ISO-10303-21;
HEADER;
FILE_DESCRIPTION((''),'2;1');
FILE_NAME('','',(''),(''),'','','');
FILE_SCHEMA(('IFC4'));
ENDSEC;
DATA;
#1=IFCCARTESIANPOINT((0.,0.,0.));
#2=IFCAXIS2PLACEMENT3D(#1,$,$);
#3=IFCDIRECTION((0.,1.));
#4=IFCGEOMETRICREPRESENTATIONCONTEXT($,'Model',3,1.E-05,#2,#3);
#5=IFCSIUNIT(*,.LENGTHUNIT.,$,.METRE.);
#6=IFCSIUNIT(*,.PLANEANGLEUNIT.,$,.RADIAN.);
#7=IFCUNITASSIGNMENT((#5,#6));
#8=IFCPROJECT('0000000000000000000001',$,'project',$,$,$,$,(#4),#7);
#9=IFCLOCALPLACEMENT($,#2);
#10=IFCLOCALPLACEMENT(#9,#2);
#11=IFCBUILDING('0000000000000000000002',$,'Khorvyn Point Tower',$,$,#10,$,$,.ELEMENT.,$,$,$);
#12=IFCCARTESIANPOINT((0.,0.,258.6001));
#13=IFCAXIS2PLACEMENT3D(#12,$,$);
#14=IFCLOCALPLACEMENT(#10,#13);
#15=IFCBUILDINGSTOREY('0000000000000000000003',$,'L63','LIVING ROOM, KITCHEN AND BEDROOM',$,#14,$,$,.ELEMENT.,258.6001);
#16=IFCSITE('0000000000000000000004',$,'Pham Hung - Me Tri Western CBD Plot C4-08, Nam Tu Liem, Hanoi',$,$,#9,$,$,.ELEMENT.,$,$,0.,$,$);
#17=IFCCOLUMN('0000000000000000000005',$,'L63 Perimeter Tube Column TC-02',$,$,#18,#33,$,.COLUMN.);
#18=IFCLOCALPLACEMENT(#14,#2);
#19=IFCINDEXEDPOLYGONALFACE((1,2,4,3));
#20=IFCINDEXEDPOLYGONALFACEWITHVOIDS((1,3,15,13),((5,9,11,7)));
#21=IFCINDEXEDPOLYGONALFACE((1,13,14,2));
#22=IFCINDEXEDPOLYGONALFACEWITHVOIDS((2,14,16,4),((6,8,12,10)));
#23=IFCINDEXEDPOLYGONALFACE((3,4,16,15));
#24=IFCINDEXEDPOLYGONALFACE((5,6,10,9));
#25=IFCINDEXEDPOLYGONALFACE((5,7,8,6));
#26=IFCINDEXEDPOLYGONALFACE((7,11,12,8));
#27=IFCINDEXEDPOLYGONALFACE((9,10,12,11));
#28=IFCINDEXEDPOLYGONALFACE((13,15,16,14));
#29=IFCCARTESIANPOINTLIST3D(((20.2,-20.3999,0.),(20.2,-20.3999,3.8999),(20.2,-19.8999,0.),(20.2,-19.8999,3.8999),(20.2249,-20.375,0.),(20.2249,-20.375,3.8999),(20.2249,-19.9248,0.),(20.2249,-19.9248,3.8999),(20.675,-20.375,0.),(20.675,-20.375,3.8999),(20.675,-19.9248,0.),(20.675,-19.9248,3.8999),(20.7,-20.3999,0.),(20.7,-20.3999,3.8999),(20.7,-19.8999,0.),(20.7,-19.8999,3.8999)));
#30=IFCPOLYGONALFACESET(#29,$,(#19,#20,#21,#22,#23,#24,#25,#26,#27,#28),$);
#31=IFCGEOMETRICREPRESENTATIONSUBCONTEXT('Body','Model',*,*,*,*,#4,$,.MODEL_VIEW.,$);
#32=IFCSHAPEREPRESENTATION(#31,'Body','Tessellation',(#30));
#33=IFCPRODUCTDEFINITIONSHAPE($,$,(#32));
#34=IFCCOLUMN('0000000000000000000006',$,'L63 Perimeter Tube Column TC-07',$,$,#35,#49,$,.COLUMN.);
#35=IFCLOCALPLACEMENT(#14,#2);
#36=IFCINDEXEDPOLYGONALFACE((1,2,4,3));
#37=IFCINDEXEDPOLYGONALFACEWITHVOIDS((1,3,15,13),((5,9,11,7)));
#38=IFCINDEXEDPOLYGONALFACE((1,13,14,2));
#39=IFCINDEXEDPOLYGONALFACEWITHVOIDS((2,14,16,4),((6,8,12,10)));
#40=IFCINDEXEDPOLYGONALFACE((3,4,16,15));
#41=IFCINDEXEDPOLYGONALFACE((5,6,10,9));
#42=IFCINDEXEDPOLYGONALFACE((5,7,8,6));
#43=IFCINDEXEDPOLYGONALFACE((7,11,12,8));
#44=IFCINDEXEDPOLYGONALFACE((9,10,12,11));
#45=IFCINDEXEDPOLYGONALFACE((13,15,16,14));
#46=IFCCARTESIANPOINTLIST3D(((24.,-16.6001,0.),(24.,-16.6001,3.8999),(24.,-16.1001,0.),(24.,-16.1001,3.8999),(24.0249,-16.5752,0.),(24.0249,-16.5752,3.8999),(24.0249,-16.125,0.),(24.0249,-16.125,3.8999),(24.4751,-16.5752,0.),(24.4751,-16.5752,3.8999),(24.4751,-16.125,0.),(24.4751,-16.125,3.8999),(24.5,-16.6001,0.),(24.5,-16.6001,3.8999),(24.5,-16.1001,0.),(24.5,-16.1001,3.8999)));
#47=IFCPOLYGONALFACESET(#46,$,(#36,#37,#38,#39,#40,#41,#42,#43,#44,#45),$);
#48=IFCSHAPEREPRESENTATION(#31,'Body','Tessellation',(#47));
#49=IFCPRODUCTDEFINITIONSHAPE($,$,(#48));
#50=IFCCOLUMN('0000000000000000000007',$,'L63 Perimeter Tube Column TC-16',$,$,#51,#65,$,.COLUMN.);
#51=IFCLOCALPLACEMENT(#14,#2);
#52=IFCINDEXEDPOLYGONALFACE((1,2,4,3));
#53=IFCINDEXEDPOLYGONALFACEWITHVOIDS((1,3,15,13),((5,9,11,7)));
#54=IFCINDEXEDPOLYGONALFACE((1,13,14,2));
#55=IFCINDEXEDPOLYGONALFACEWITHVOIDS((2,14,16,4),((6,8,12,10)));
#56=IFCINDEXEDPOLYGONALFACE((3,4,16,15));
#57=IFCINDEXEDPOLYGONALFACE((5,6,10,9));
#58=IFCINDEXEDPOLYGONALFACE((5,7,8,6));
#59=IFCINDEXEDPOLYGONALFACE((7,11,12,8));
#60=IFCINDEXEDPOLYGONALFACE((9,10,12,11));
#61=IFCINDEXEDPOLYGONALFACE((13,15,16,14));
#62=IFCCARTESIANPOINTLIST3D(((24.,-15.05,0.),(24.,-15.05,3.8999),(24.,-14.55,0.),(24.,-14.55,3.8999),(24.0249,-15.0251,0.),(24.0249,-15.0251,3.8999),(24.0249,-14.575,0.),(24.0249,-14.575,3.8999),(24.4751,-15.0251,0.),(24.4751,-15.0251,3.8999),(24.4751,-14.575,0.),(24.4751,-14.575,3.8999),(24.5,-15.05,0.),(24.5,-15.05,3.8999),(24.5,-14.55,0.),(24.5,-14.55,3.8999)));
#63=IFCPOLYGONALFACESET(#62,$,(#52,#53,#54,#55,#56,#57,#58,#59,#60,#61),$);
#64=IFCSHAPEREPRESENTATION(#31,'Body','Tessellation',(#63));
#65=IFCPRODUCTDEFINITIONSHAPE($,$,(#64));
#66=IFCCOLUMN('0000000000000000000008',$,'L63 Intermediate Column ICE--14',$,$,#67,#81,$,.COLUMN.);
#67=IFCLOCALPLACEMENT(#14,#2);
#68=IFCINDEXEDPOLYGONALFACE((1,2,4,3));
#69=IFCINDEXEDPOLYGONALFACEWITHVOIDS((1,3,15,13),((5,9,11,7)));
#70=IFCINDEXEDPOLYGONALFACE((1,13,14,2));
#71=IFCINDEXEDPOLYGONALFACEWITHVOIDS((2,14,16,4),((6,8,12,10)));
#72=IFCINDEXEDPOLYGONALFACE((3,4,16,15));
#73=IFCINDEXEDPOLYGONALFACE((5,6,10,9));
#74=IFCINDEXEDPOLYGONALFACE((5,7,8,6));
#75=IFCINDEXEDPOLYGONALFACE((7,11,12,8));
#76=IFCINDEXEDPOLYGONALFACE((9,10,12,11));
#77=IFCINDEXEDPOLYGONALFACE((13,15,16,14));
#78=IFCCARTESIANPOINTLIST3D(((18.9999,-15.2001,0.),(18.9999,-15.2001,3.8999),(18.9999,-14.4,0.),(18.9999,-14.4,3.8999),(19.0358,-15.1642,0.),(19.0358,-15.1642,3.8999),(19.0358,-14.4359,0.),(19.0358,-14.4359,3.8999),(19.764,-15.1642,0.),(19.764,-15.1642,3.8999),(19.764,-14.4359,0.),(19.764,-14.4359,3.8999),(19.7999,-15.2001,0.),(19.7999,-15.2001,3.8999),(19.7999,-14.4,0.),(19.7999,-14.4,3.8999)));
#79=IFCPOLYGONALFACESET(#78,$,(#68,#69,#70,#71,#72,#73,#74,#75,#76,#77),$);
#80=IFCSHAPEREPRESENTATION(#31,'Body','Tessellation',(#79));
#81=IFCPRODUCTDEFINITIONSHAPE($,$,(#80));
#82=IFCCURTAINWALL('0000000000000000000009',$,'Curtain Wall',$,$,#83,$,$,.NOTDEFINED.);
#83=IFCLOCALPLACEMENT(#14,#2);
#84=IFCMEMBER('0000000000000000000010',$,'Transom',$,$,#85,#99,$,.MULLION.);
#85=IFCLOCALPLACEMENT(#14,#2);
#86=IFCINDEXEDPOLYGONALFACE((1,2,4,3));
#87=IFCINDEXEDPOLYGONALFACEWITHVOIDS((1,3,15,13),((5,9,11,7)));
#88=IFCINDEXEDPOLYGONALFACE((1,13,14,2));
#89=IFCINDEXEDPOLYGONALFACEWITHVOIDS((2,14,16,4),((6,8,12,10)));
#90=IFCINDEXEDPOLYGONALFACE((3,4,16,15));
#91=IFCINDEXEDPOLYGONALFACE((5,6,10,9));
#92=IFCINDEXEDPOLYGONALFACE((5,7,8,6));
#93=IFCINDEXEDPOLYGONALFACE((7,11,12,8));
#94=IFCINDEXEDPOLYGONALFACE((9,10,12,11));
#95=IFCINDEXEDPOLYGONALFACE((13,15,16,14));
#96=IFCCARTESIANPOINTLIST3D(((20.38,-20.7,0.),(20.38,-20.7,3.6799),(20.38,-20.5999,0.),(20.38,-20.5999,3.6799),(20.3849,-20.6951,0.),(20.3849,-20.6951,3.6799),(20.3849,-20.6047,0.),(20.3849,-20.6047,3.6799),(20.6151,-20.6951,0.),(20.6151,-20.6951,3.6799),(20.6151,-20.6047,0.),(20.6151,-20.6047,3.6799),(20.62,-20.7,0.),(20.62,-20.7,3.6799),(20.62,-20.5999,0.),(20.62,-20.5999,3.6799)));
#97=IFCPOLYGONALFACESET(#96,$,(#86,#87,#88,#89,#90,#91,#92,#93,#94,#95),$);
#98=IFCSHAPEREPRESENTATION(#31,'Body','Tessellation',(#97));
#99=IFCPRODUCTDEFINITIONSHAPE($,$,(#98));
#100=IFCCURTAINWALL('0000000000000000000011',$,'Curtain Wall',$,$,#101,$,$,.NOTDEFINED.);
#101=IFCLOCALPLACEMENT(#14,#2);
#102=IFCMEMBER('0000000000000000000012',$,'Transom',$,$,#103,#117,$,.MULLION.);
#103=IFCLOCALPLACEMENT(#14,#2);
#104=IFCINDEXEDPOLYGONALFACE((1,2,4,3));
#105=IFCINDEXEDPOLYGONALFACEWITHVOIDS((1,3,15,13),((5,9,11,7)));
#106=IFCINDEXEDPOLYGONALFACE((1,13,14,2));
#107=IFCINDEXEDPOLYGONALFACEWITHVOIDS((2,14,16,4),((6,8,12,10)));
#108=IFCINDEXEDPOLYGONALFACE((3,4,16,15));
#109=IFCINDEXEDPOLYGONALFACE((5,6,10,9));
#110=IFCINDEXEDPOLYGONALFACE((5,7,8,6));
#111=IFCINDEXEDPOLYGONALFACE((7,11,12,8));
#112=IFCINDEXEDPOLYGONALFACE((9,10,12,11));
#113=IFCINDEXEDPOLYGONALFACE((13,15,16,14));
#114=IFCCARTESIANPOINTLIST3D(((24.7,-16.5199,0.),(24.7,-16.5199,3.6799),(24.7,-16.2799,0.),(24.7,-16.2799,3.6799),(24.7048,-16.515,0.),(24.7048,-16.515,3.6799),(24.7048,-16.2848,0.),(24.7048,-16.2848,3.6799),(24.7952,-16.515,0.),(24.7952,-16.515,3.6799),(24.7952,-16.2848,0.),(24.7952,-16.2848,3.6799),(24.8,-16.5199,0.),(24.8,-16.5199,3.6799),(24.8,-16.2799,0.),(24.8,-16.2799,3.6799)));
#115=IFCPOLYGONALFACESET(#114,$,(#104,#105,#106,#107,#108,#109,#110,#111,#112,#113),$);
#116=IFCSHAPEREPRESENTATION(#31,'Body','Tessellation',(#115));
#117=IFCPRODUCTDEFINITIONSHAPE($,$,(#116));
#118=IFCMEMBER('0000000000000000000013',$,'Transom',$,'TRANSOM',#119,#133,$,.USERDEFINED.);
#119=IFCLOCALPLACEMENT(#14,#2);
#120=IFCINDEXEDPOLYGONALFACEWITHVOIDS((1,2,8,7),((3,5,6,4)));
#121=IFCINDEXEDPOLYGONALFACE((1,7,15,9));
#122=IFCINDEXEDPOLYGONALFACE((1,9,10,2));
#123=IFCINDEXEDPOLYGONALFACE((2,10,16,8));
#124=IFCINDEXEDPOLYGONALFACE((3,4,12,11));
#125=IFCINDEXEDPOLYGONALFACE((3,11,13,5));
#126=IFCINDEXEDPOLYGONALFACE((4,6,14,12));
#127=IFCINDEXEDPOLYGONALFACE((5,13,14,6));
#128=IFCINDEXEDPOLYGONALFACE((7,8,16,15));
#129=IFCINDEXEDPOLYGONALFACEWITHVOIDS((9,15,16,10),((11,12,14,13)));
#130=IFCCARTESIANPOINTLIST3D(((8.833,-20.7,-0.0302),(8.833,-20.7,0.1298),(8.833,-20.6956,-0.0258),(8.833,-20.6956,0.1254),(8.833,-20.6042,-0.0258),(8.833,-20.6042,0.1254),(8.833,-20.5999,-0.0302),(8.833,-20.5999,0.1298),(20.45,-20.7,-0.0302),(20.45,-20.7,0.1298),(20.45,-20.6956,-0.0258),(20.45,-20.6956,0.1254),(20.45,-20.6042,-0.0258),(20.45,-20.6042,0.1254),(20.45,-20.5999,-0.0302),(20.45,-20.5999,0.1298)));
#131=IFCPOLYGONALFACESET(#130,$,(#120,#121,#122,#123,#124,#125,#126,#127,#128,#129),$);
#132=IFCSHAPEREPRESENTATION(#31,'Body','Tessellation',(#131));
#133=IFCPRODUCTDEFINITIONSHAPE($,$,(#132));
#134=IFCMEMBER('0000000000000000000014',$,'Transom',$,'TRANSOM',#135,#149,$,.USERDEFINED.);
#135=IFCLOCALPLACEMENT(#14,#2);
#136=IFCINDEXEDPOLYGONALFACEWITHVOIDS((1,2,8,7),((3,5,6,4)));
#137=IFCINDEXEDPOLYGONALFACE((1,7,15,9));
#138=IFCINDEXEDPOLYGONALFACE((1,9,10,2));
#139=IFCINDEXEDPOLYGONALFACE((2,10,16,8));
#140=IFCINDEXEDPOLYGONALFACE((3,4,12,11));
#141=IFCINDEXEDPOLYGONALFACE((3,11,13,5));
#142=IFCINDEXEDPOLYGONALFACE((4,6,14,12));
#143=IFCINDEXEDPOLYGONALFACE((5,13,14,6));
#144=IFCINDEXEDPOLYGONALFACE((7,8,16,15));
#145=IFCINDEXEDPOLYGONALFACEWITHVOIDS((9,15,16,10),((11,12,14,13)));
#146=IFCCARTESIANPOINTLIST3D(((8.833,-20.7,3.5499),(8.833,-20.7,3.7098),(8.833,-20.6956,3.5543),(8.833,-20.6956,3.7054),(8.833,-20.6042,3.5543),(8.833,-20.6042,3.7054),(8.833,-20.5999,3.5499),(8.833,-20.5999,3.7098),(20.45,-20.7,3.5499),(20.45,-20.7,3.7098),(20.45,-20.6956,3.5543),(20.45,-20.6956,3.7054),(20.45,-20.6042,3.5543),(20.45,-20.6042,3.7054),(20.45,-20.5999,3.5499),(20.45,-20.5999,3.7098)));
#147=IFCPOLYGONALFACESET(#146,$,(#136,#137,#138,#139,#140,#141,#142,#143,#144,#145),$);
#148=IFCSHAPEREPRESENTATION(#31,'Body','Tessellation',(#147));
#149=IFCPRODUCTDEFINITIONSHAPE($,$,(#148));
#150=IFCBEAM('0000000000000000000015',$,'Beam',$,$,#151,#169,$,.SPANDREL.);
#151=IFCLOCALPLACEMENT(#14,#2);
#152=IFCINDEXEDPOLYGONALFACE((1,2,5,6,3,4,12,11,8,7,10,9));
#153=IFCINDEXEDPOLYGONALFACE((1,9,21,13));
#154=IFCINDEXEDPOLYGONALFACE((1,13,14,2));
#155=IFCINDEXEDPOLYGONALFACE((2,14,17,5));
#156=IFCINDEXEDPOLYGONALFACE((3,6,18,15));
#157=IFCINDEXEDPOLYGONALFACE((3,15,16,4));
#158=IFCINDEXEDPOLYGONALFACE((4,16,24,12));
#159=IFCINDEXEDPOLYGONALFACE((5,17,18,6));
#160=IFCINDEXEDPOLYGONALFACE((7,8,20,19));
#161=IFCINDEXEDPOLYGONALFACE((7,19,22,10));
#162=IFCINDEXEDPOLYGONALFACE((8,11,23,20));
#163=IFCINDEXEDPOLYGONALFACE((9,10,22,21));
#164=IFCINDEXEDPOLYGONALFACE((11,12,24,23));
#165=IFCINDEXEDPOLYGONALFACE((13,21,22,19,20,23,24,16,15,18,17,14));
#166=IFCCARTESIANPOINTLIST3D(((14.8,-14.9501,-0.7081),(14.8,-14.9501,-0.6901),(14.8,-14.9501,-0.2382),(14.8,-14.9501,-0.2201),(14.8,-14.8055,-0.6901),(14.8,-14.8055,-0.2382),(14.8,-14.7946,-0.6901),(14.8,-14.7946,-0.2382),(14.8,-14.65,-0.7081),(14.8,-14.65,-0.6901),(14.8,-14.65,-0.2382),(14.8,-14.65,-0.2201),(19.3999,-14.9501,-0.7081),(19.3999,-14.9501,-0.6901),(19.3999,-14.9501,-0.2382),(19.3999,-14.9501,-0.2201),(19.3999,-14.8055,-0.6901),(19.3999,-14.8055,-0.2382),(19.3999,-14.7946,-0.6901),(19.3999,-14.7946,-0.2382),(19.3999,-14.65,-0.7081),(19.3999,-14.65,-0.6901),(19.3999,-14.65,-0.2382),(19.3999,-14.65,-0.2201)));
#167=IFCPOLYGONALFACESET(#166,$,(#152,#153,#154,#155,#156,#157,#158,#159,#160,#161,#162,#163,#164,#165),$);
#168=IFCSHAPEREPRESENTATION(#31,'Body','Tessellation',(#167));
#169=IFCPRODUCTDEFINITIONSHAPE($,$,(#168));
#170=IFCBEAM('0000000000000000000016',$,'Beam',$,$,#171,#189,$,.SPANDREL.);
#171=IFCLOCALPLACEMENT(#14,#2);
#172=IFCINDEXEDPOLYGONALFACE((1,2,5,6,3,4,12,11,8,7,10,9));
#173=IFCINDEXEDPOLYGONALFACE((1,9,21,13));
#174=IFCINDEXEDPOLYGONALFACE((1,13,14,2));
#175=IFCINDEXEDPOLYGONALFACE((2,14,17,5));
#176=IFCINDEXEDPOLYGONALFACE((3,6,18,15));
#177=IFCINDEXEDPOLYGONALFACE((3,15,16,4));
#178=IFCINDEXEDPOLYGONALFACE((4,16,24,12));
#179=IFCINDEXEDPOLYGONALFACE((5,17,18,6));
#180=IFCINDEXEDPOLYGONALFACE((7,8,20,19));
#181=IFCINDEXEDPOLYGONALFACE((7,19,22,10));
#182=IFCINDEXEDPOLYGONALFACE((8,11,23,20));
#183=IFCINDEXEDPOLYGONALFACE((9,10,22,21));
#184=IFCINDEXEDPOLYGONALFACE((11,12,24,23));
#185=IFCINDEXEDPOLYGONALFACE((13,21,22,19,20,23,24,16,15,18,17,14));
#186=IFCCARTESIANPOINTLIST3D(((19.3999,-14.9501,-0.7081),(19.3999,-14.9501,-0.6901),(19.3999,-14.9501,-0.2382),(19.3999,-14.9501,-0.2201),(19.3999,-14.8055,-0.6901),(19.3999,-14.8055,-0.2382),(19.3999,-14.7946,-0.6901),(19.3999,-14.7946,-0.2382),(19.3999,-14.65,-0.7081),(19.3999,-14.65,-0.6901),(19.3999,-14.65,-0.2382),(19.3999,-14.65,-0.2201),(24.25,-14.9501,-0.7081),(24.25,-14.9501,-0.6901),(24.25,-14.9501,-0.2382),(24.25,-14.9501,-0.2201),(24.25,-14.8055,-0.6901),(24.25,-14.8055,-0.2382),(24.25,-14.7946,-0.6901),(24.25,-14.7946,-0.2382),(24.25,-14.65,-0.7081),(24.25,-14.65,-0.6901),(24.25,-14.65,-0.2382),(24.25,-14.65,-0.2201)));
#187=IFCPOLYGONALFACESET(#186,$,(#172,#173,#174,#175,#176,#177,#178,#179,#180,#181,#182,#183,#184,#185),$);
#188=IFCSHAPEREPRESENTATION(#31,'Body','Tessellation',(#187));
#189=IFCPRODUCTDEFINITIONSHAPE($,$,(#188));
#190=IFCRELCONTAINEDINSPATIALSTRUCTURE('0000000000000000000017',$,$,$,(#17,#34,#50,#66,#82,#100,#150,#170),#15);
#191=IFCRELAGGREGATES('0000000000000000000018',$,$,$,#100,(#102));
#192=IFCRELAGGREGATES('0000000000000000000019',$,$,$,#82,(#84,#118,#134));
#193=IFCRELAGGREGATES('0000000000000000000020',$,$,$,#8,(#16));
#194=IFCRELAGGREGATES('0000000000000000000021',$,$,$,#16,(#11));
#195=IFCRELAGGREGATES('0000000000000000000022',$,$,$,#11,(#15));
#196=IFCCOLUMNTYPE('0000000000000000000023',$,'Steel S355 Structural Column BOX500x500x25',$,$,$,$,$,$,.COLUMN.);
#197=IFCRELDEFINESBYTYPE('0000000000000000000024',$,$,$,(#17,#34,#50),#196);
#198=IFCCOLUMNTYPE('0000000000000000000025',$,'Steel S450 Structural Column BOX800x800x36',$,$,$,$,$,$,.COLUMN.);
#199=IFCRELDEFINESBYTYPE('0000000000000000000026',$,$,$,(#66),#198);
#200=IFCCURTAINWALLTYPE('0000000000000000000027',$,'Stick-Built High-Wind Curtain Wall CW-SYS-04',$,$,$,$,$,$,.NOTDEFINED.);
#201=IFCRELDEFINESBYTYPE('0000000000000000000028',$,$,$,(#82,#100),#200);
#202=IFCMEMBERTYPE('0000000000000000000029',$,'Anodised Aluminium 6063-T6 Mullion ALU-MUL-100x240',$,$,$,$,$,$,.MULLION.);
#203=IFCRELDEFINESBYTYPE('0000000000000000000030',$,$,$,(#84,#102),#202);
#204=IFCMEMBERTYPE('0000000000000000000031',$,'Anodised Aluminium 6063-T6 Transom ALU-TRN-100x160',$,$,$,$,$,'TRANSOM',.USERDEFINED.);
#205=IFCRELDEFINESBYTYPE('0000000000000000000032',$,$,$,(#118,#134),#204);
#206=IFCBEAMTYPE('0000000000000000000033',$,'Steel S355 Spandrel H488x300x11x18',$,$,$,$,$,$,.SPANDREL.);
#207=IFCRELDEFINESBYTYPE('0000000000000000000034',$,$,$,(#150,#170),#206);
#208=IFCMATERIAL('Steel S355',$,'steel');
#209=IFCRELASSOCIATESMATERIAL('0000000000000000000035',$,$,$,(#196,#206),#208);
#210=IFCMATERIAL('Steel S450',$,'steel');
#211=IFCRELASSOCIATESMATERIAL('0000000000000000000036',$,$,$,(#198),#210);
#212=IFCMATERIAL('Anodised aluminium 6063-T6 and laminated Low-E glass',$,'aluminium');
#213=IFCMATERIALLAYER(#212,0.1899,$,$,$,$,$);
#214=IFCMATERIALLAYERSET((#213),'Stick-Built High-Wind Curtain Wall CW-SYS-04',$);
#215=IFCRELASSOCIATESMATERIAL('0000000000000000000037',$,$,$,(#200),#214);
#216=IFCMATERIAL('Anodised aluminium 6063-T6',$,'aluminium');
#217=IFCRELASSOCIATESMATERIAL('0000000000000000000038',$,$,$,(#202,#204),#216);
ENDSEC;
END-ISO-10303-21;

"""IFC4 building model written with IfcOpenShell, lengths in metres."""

from ifc_helpers import new_model, si_unit, direction, frame, origin, origin_2d, place, context, subcontext, project, spatial, hollow_rectangle, i_section, extrude, material, layer, layer_set, material_profile, profile_set, type_object, element, aggregate, save


model = new_model("IFC4")

# Units and contexts
model_context = context("Model", 3, precision=1e-05, world=origin(), true_north=direction((0.0, 1.0)))
body_context = subcontext(model_context, "Body", "Model", "MODEL_VIEW")
ifc_project = project(units=[si_unit("LENGTHUNIT", "METRE"), si_unit("PLANEANGLEUNIT", "RADIAN")], contexts=[model_context])

# Site, building, storey
site_placement = place(None, origin())
site = spatial("IfcSite", under=ifc_project, at=site_placement, Name="Pham Hung - Me Tri Western CBD Plot C4-08, Nam Tu Liem, Hanoi", CompositionType="ELEMENT", RefElevation=0.0)
building_placement = place(site_placement, origin())
building = spatial("IfcBuilding", under=site, at=building_placement, Name="Khorvyn Point Tower", CompositionType="ELEMENT")
storey_placement = place(building_placement, frame((0.0, 0.0, 258.6001)))
storey = spatial("IfcBuildingStorey", under=building, at=storey_placement, Name="L63", Description="LIVING ROOM, KITCHEN AND BEDROOM", CompositionType="ELEMENT", Elevation=258.6001)

# Columns
ifc_material_1 = material(Name="Steel S355", Category="steel")
ifc_material_profile_1 = material_profile(ifc_material_1, hollow_rectangle(XDim=0.5, YDim=0.5, WallThickness=0.0249, at=origin_2d()))
ifc_profile_set_1 = profile_set([ifc_material_profile_1], Name="Steel S355 BOX500x500x25")
column_type_1 = type_object("IfcColumnType", Name="Steel S355 Structural Column BOX500x500x25", PredefinedType="COLUMN", material=ifc_profile_set_1)
for number, where, z_axis, x_axis, name in (
    (1, (20.45, -20.1499, 0.0), (0.0, 0.0, 1.0), (1.0, 0.0, 0.0), "L63 Perimeter Tube Column TC-02"),
    (2, (24.25, -16.3501, 0.0), (0.0, 0.0, 1.0), (1.0, 0.0, 0.0), "L63 Perimeter Tube Column TC-07"),
    (3, (24.25, -14.8, 0.0), (0.0, 0.0, 1.0), (1.0, 0.0, 0.0), "L63 Perimeter Tube Column TC-16"),
):
    element("IfcColumn", number, at=place(storey_placement, frame(where, z_axis=z_axis, x_axis=x_axis)), inside=storey, type_object=column_type_1, Name=name, PredefinedType="COLUMN", context=body_context, shape_type="SweptSolid", body=[
        extrude(hollow_rectangle(XDim=0.5, YDim=0.5, WallThickness=0.0249, at=origin_2d()), origin(), (0.0, 0.0, 1.0), 3.8999),
    ])
ifc_material_2 = material(Name="Steel S450", Category="steel")
ifc_material_profile_2 = material_profile(ifc_material_2, hollow_rectangle(XDim=0.8, YDim=0.8, WallThickness=0.0359, at=origin_2d()))
ifc_profile_set_2 = profile_set([ifc_material_profile_2], Name="Steel S450 BOX800x800x36")
column_type_2 = type_object("IfcColumnType", Name="Steel S450 Structural Column BOX800x800x36", PredefinedType="COLUMN", material=ifc_profile_set_2)
column_placement = place(storey_placement, frame((19.3999, -14.8, 0.0), z_axis=(0.0, 0.0, 1.0), x_axis=(1.0, 0.0, 0.0)))
element("IfcColumn", 4, at=column_placement, inside=storey, type_object=column_type_2, Name="L63 Intermediate Column ICE--14", PredefinedType="COLUMN", context=body_context, shape_type="SweptSolid", body=[
    extrude(hollow_rectangle(XDim=0.8, YDim=0.8, WallThickness=0.0359, at=origin_2d()), origin(), (0.0, 0.0, 1.0), 3.8999),
])

# Curtain walls, members
ifc_material_3 = material(Name="Anodised aluminium 6063-T6 and laminated Low-E glass", Category="aluminium")
ifc_layer_1 = layer(ifc_material_3, 0.1899)
ifc_layer_set_1 = layer_set([ifc_layer_1], Name="Stick-Built High-Wind Curtain Wall CW-SYS-04")
curtain_wall_type = type_object("IfcCurtainWallType", Name="Stick-Built High-Wind Curtain Wall CW-SYS-04", PredefinedType="NOTDEFINED", material=ifc_layer_set_1)
curtain_wall_1_placement = place(storey_placement, origin())
curtain_wall_1 = element("IfcCurtainWall", 5, at=curtain_wall_1_placement, inside=storey, type_object=curtain_wall_type, Name="Curtain Wall", PredefinedType="NOTDEFINED")
ifc_material_4 = material(Name="Anodised aluminium 6063-T6", Category="aluminium")
ifc_material_profile_3 = material_profile(ifc_material_4, hollow_rectangle(XDim=0.1001, YDim=0.24, WallThickness=0.0049, at=origin_2d()))
ifc_profile_set_3 = profile_set([ifc_material_profile_3], Name="Anodised aluminium 6063-T6 ALU-MUL-100x240")
member_type_1 = type_object("IfcMemberType", Name="Anodised Aluminium 6063-T6 Mullion ALU-MUL-100x240", PredefinedType="MULLION", material=ifc_profile_set_3)
member_1_placement = place(storey_placement, frame((20.5, -20.6499, 0.0), z_axis=(0.0, 0.0, 1.0), x_axis=(0.0, -1.0, 0.0)))
member_1 = element("IfcMember", 6, at=member_1_placement, type_object=member_type_1, Name="Transom", PredefinedType="MULLION", context=body_context, shape_type="SweptSolid", body=[
    extrude(hollow_rectangle(XDim=0.1001, YDim=0.24, WallThickness=0.0049, at=origin_2d()), origin(), (0.0, 0.0, 1.0), 3.6799),
])
curtain_wall_2_placement = place(storey_placement, origin())
curtain_wall_2 = element("IfcCurtainWall", 7, at=curtain_wall_2_placement, inside=storey, type_object=curtain_wall_type, Name="Curtain Wall", PredefinedType="NOTDEFINED")
member_2_placement = place(storey_placement, frame((24.75, -16.3999, 0.0), z_axis=(0.0, 0.0, 1.0), x_axis=(1.0, 0.0, 0.0)))
member_2 = element("IfcMember", 8, at=member_2_placement, type_object=member_type_1, Name="Transom", PredefinedType="MULLION", context=body_context, shape_type="SweptSolid", body=[
    extrude(hollow_rectangle(XDim=0.1001, YDim=0.24, WallThickness=0.0049, at=origin_2d()), origin(), (0.0, 0.0, 1.0), 3.6799),
])
aggregate(curtain_wall_2, [member_2])

# Members
ifc_material_profile_4 = material_profile(ifc_material_4, hollow_rectangle(XDim=0.1001, YDim=0.1599, WallThickness=0.0044, at=origin_2d()))
ifc_profile_set_4 = profile_set([ifc_material_profile_4], Name="Anodised aluminium 6063-T6 ALU-TRN-100x160")
member_type_2 = type_object("IfcMemberType", Name="Anodised Aluminium 6063-T6 Transom ALU-TRN-100x160", ElementType="TRANSOM", PredefinedType="USERDEFINED", material=ifc_profile_set_4)
member_3_placement = place(storey_placement, frame((20.45, -20.6499, 0.0498), z_axis=(-1.0, 0.0, 0.0), x_axis=(0.0, -1.0, 0.0)))
member_3 = element("IfcMember", 9, at=member_3_placement, type_object=member_type_2, Name="Transom", ObjectType="TRANSOM", PredefinedType="USERDEFINED", context=body_context, shape_type="SweptSolid", body=[
    extrude(hollow_rectangle(XDim=0.1001, YDim=0.1599, WallThickness=0.0044, at=origin_2d()), origin(), (0.0, 0.0, 1.0), 11.6169),
])
member_4_placement = place(storey_placement, frame((20.45, -20.6499, 3.6299), z_axis=(-1.0, 0.0, 0.0), x_axis=(0.0, -1.0, 0.0)))
member_4 = element("IfcMember", 10, at=member_4_placement, type_object=member_type_2, Name="Transom", ObjectType="TRANSOM", PredefinedType="USERDEFINED", context=body_context, shape_type="SweptSolid", body=[
    extrude(hollow_rectangle(XDim=0.1001, YDim=0.1599, WallThickness=0.0044, at=origin_2d()), origin(), (0.0, 0.0, 1.0), 11.6169),
])

# Beams
ifc_material_profile_5 = material_profile(ifc_material_1, i_section(OverallWidth=0.3, OverallDepth=0.488, WebThickness=0.011, FlangeThickness=0.0181, at=origin_2d()))
ifc_profile_set_5 = profile_set([ifc_material_profile_5], Name="Steel S355 H488x300x11x18")
beam_type_1 = type_object("IfcBeamType", Name="Steel S355 Spandrel H488x300x11x18", PredefinedType="SPANDREL", material=ifc_profile_set_5)
beam_1_placement = place(storey_placement, frame((14.8, -14.8, -0.4641), z_axis=(1.0, 0.0, 0.0), x_axis=(0.0, 1.0, 0.0)))
element("IfcBeam", 11, at=beam_1_placement, inside=storey, type_object=beam_type_1, Name="Beam", PredefinedType="SPANDREL", context=body_context, shape_type="SweptSolid", body=[
    extrude(i_section(OverallWidth=0.3, OverallDepth=0.488, WebThickness=0.011, FlangeThickness=0.0181, at=origin_2d()), origin(), (0.0, 0.0, 1.0), 4.5999),
])
beam_2_placement = place(storey_placement, frame((19.3999, -14.8, -0.4641), z_axis=(1.0, 0.0, 0.0), x_axis=(0.0, 1.0, 0.0)))
element("IfcBeam", 12, at=beam_2_placement, inside=storey, type_object=beam_type_1, Name="Beam", PredefinedType="SPANDREL", context=body_context, shape_type="SweptSolid", body=[
    extrude(i_section(OverallWidth=0.3, OverallDepth=0.488, WebThickness=0.011, FlangeThickness=0.0181, at=origin_2d()), origin(), (0.0, 0.0, 1.0), 4.8501),
])

aggregate(curtain_wall_1, [member_1, member_3, member_4])

save(model, "model.ifc")
